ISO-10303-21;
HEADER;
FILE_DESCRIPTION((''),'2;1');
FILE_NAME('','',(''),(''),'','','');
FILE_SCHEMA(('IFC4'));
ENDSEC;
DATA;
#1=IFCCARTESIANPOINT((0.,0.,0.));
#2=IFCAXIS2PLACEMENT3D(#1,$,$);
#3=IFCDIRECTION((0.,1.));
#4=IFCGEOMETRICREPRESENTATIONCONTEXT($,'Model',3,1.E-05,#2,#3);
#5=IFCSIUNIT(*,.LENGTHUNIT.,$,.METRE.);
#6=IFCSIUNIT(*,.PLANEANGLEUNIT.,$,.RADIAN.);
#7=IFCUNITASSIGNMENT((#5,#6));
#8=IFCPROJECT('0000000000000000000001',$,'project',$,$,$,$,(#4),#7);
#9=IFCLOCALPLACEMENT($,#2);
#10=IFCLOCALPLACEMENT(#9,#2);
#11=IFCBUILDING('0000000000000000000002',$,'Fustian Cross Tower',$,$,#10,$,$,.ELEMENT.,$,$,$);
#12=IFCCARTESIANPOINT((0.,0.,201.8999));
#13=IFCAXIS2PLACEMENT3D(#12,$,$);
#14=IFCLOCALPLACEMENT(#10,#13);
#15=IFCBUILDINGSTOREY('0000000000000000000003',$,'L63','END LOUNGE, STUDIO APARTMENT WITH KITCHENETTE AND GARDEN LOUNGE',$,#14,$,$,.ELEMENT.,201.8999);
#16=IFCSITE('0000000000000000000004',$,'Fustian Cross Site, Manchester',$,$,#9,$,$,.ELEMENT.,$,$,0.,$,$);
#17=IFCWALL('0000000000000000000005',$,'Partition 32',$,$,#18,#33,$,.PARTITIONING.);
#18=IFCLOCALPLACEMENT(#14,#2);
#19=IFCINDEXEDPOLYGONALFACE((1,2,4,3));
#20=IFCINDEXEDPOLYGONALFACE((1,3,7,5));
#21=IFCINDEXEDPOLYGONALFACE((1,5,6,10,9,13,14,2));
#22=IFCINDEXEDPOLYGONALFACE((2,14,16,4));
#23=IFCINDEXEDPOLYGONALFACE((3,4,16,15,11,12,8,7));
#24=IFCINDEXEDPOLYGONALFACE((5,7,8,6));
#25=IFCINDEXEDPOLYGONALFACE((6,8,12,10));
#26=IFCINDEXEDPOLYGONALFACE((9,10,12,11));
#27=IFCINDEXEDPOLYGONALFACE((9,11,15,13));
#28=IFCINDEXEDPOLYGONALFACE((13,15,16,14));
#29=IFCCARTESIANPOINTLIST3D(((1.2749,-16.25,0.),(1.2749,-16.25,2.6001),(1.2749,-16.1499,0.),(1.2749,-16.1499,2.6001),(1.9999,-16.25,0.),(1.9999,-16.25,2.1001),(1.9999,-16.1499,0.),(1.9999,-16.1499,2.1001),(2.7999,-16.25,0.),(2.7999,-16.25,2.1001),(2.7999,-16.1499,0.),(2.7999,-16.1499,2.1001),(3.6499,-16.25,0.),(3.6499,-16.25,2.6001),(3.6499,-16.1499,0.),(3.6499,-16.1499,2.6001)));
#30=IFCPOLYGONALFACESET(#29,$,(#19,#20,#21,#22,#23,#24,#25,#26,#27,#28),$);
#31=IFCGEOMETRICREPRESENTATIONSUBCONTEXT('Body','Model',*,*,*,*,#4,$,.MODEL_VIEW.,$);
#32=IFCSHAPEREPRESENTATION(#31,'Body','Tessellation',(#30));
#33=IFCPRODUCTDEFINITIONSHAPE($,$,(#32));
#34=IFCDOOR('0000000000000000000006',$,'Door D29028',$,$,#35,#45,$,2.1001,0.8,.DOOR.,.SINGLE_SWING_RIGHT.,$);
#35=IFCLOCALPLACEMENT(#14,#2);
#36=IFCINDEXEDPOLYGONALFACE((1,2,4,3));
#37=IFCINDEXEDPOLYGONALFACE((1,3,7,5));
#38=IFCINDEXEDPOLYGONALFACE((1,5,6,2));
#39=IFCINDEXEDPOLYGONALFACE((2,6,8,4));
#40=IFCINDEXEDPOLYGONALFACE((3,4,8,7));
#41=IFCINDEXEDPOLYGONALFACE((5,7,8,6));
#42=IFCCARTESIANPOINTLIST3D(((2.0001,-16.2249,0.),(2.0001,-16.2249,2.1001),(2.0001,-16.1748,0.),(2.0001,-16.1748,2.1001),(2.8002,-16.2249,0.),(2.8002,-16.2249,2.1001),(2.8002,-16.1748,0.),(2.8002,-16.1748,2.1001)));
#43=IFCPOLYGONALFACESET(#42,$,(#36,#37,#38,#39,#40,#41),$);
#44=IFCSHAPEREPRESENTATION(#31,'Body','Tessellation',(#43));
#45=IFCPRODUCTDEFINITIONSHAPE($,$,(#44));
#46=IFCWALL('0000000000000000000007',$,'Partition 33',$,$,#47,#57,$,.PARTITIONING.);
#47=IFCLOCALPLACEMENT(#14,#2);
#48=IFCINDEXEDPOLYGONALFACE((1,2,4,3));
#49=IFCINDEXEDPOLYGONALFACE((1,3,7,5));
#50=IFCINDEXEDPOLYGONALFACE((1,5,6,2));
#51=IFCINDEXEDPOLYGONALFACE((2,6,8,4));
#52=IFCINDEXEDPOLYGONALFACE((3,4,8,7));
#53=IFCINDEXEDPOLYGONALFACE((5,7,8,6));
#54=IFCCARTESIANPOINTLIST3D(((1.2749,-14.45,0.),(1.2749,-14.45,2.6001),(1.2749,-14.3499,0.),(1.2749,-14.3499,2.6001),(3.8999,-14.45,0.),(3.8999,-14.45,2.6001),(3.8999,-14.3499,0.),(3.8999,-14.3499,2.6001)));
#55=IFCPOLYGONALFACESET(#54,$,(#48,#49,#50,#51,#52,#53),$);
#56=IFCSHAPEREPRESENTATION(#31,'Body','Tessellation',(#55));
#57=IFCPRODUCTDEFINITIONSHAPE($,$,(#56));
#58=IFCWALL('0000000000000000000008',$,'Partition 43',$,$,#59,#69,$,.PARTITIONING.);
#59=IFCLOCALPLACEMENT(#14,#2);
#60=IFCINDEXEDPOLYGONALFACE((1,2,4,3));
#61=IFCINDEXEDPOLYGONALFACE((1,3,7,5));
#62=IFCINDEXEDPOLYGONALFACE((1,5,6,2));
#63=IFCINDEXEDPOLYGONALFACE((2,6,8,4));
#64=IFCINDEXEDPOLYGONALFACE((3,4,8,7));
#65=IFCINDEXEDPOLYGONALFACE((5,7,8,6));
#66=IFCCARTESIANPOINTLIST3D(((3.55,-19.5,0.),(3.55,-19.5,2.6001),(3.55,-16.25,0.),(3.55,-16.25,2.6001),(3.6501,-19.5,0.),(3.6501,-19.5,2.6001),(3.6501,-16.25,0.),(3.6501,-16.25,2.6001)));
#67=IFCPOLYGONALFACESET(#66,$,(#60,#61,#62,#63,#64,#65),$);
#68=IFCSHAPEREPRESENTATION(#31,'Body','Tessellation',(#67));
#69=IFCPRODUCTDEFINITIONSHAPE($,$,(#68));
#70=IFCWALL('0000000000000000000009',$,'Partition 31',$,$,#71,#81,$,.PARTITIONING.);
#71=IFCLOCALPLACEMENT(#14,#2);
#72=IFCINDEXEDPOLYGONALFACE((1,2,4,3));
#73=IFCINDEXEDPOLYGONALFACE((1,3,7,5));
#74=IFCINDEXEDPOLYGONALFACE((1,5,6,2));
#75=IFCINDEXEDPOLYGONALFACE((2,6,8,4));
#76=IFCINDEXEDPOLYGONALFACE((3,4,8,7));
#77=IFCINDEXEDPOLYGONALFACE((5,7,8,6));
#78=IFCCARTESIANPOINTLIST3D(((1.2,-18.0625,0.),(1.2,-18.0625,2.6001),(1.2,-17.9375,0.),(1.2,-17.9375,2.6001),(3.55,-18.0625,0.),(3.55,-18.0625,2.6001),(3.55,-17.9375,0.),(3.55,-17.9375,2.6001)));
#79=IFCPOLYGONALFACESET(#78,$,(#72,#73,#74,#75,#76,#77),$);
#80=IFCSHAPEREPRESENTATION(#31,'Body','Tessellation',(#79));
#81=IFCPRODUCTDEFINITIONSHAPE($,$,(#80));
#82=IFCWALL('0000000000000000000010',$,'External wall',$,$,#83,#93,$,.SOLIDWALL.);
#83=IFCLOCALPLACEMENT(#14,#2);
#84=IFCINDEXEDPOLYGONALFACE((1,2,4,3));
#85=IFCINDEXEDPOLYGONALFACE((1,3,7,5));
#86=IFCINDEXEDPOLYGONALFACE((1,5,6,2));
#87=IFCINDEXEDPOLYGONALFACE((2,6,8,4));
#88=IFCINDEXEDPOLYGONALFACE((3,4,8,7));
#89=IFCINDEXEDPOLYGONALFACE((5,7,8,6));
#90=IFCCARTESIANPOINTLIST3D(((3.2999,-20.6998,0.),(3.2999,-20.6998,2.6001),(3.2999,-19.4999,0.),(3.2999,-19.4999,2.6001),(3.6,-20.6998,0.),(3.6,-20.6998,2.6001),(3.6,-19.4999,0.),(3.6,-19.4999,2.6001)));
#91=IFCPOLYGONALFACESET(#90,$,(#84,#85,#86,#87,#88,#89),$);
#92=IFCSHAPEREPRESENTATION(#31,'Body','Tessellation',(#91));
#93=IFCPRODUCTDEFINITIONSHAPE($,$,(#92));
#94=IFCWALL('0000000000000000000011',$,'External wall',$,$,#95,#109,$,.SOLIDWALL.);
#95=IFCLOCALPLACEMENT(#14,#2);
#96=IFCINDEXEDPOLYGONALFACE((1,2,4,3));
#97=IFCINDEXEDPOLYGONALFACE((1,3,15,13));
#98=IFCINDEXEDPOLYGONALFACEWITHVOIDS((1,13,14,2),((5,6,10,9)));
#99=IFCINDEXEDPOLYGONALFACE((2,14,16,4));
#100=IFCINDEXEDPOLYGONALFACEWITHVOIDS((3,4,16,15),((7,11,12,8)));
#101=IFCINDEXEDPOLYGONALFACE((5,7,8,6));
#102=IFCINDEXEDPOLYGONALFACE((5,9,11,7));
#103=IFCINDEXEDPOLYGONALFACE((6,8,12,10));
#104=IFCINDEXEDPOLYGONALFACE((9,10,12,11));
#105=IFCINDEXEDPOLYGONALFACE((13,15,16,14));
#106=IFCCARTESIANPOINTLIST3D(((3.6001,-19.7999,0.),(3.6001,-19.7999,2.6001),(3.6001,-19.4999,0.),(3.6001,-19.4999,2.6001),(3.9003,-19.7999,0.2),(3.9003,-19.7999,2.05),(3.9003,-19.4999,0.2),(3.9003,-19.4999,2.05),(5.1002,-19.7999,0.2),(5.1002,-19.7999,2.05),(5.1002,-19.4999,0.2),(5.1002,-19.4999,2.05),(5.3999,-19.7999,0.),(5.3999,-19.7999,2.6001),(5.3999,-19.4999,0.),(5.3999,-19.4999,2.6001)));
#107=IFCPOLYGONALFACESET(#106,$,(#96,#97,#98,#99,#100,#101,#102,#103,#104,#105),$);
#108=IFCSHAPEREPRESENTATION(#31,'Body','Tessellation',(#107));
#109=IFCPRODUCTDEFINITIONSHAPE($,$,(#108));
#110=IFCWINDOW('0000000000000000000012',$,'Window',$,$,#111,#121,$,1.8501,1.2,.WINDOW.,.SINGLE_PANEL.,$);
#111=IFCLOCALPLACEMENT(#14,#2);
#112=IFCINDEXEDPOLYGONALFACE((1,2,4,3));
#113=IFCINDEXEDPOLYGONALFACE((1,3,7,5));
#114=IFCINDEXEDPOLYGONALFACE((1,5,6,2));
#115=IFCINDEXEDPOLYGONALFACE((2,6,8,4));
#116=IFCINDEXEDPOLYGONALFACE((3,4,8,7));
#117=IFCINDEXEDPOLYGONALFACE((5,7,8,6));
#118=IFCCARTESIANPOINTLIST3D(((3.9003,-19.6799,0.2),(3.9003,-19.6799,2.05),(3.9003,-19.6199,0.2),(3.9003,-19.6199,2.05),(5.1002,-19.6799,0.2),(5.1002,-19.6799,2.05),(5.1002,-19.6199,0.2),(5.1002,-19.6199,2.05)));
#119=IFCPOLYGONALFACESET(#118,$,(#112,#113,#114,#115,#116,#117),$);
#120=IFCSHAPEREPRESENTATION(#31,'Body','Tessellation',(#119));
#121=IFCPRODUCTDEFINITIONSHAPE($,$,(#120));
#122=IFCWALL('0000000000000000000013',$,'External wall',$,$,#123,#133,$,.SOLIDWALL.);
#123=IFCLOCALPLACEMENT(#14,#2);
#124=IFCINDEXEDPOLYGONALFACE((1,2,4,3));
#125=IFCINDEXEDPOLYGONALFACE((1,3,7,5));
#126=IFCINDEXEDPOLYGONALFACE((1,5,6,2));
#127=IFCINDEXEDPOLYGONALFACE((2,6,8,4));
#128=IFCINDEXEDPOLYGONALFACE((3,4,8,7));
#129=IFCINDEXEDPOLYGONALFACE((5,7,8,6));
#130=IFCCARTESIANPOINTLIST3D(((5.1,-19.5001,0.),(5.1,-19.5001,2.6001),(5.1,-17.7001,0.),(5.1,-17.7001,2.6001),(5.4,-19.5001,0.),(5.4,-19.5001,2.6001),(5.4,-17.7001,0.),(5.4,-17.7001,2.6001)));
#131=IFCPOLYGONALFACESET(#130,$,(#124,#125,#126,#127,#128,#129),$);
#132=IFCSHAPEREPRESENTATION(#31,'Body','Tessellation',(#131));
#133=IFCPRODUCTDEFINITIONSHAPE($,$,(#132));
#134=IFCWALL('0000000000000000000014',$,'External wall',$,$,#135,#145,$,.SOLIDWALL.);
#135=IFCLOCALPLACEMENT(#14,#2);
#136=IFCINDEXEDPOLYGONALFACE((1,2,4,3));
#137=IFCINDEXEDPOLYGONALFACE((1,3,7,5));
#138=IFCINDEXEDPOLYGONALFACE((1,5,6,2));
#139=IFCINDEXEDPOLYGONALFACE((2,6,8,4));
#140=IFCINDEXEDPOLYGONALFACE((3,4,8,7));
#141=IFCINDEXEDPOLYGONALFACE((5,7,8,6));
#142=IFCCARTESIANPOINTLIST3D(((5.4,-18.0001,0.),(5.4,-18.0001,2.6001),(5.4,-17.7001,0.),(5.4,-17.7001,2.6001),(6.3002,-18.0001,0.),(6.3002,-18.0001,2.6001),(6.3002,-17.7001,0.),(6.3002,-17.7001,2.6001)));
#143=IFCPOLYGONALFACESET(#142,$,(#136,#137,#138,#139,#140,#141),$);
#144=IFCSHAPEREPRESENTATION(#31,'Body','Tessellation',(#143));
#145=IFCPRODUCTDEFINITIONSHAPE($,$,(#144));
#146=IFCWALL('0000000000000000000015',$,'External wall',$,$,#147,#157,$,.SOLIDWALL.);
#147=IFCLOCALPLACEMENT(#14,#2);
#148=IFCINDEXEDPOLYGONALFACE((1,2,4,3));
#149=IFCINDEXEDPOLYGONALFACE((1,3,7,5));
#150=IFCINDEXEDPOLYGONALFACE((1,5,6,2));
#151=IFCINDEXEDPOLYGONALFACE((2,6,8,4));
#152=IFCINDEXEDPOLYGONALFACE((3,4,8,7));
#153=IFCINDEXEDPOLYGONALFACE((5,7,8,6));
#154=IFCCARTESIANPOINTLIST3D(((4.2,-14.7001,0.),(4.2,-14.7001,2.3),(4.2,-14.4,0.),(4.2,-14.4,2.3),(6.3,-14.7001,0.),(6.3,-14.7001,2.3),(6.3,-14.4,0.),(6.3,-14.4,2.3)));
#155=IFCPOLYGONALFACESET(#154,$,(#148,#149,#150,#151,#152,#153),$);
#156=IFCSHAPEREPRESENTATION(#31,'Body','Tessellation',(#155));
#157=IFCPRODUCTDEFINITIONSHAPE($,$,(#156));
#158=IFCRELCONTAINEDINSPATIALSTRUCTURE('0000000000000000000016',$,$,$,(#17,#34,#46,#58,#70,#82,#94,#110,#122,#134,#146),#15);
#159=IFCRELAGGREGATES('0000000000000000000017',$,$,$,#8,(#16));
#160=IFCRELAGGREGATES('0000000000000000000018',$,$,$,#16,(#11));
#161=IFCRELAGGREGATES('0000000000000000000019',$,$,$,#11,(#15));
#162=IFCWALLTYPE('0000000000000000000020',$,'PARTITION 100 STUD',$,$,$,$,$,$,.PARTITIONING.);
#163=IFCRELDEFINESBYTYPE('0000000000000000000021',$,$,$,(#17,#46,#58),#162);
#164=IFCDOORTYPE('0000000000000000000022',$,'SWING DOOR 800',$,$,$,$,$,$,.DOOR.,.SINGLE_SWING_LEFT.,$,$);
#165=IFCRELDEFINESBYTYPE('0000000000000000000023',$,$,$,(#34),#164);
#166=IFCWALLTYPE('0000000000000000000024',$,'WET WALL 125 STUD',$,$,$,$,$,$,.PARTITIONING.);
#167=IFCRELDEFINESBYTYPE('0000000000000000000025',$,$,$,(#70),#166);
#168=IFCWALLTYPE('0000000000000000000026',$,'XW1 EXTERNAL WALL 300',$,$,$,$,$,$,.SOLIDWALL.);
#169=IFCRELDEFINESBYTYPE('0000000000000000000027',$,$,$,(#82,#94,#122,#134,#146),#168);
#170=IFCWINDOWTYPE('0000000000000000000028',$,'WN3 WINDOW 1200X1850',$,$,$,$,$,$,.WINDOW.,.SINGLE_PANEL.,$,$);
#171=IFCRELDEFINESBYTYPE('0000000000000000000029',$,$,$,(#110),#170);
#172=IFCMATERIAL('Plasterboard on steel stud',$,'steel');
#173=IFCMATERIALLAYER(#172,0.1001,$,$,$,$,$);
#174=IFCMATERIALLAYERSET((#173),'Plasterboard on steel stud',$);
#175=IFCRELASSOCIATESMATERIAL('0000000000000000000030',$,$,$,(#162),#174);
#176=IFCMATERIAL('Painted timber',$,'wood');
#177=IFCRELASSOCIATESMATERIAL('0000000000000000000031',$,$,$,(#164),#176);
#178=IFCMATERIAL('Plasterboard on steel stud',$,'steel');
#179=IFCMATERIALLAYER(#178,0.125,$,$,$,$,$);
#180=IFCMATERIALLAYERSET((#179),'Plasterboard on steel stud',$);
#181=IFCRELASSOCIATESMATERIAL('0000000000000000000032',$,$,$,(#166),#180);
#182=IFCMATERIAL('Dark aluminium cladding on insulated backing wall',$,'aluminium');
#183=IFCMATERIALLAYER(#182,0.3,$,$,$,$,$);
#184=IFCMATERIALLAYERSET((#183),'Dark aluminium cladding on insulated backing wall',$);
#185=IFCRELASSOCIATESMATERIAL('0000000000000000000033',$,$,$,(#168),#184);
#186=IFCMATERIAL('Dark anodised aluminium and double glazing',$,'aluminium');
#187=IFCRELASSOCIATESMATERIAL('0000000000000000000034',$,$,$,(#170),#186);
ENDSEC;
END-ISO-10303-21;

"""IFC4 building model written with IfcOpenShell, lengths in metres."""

from ifc_helpers import new_model, si_unit, direction, frame, frame_2d, origin, place, context, subcontext, project, spatial, rectangle, extrude, material, layer, layer_set, type_object, element, fill, save


model = new_model("IFC4")

# Units and contexts
model_context = context("Model", 3, precision=1e-05, world=origin(), true_north=direction((0.0, 1.0)))
body_context = subcontext(model_context, "Body", "Model", "MODEL_VIEW")
ifc_project = project(units=[si_unit("LENGTHUNIT", "METRE"), si_unit("PLANEANGLEUNIT", "RADIAN")], contexts=[model_context])

# Site, building, storey
site_placement = place(None, origin())
site = spatial("IfcSite", under=ifc_project, at=site_placement, Name="Fustian Cross Site, Manchester", CompositionType="ELEMENT", RefElevation=0.0)
building_placement = place(site_placement, origin())
building = spatial("IfcBuilding", under=site, at=building_placement, Name="Fustian Cross Tower", CompositionType="ELEMENT")
storey_placement = place(building_placement, frame((0.0, 0.0, 201.8999)))
storey = spatial("IfcBuildingStorey", under=building, at=storey_placement, Name="L63", Description="END LOUNGE, STUDIO APARTMENT WITH KITCHENETTE AND GARDEN LOUNGE", CompositionType="ELEMENT", Elevation=201.8999)

# Wall, opening, door
ifc_material_1 = material(Name="Plasterboard on steel stud", Category="steel")
ifc_layer_1 = layer(ifc_material_1, 0.1001)
ifc_layer_set_1 = layer_set([ifc_layer_1], Name="Plasterboard on steel stud")
wall_type_1 = type_object("IfcWallType", Name="PARTITION 100 STUD", PredefinedType="PARTITIONING", material=ifc_layer_set_1)
wall_1_placement = place(storey_placement, frame((1.2749, -16.2, 0.0), z_axis=(0.0, 0.0, 1.0), x_axis=(1.0, 0.0, 0.0)))
wall_1 = element("IfcWall", 1, at=wall_1_placement, inside=storey, type_object=wall_type_1, Name="Partition 32", PredefinedType="PARTITIONING", context=body_context, shape_type="SweptSolid", body=[
    extrude(rectangle(XDim=2.375, YDim=0.1001, at=frame_2d((1.1875, 0.0))), origin(), (0.0, 0.0, 1.0), 2.6001),
])
opening_1_placement = place(wall_1_placement, frame((0.7251, 0.0, 0.0)))
opening_1 = element("IfcOpeningElement", 2, at=opening_1_placement, cuts=wall_1, PredefinedType="OPENING", context=body_context, shape_type="SweptSolid", body=[
    extrude(rectangle(XDim=0.8, YDim=2.1001, at=frame_2d((0.3999, 1.05))), frame((0.0, 0.0601, 0.0), z_axis=(0.0, -1.0, 0.0), x_axis=(1.0, 0.0, 0.0)), (0.0, 0.0, 1.0), 0.1201),
])
ifc_material_2 = material(Name="Painted timber", Category="wood")
door_type_1 = type_object("IfcDoorType", Name="SWING DOOR 800", OperationType="SINGLE_SWING_LEFT", PredefinedType="DOOR", material=ifc_material_2)
door_1_placement = place(opening_1_placement, frame((0.8, 0.0, 0.0), z_axis=(0.0, 0.0, 1.0), x_axis=(-1.0, 0.0, 0.0)))
door_1 = element("IfcDoor", 3, at=door_1_placement, inside=storey, type_object=door_type_1, Name="Door D29028", OperationType="SINGLE_SWING_RIGHT", OverallHeight=2.1001, OverallWidth=0.8, PredefinedType="DOOR", context=body_context, shape_type="SweptSolid", body=[
    extrude(rectangle(XDim=0.8, YDim=2.1001, at=frame_2d((0.3999, 1.05))), frame((0.0, 0.0249, 0.0), z_axis=(0.0, -1.0, 0.0), x_axis=(1.0, 0.0, 0.0)), (0.0, 0.0, 1.0), 0.05),
])
fill(opening_1, door_1)

# Walls
wall_2_placement = place(storey_placement, frame((1.2749, -14.3999, 0.0), z_axis=(0.0, 0.0, 1.0), x_axis=(1.0, 0.0, 0.0)))
element("IfcWall", 4, at=wall_2_placement, inside=storey, type_object=wall_type_1, Name="Partition 33", PredefinedType="PARTITIONING", context=body_context, shape_type="SweptSolid", body=[
    extrude(rectangle(XDim=2.625, YDim=0.1001, at=frame_2d((1.3125, 0.0))), origin(), (0.0, 0.0, 1.0), 2.6001),
])
wall_3_placement = place(storey_placement, frame((3.6001, -19.5, 0.0), z_axis=(0.0, 0.0, 1.0), x_axis=(0.0, 1.0, 0.0)))
element("IfcWall", 5, at=wall_3_placement, inside=storey, type_object=wall_type_1, Name="Partition 43", PredefinedType="PARTITIONING", context=body_context, shape_type="SweptSolid", body=[
    extrude(rectangle(XDim=3.25, YDim=0.1001, at=frame_2d((1.625, 0.0))), origin(), (0.0, 0.0, 1.0), 2.6001),
])
ifc_material_3 = material(Name="Plasterboard on steel stud", Category="steel")
ifc_layer_2 = layer(ifc_material_3, 0.125)
ifc_layer_set_2 = layer_set([ifc_layer_2], Name="Plasterboard on steel stud")
wall_type_2 = type_object("IfcWallType", Name="WET WALL 125 STUD", PredefinedType="PARTITIONING", material=ifc_layer_set_2)
wall_4_placement = place(storey_placement, frame((1.2, -18.0, 0.0), z_axis=(0.0, 0.0, 1.0), x_axis=(1.0, 0.0, 0.0)))
element("IfcWall", 6, at=wall_4_placement, inside=storey, type_object=wall_type_2, Name="Partition 31", PredefinedType="PARTITIONING", context=body_context, shape_type="SweptSolid", body=[
    extrude(rectangle(XDim=2.3501, YDim=0.125, at=frame_2d((1.175, 0.0))), origin(), (0.0, 0.0, 1.0), 2.6001),
])
ifc_material_4 = material(Name="Dark aluminium cladding on insulated backing wall", Category="aluminium")
ifc_layer_3 = layer(ifc_material_4, 0.3)
ifc_layer_set_3 = layer_set([ifc_layer_3], Name="Dark aluminium cladding on insulated backing wall")
wall_type_3 = type_object("IfcWallType", Name="XW1 EXTERNAL WALL 300", PredefinedType="SOLIDWALL", material=ifc_layer_set_3)
wall_5_placement = place(storey_placement, frame((3.45, -20.7, 0.0), z_axis=(0.0, 0.0, 1.0), x_axis=(0.0, 1.0, 0.0)))
element("IfcWall", 7, at=wall_5_placement, inside=storey, type_object=wall_type_3, Name="External wall", PredefinedType="SOLIDWALL", context=body_context, shape_type="SweptSolid", body=[
    extrude(rectangle(XDim=1.2, YDim=0.3, at=frame_2d((0.6001, 0.0))), origin(), (0.0, 0.0, 1.0), 2.6001),
])

# Wall, opening, window
wall_6_placement = place(storey_placement, frame((3.6001, -19.6499, 0.0), z_axis=(0.0, 0.0, 1.0), x_axis=(1.0, 0.0, 0.0)))
wall_6 = element("IfcWall", 8, at=wall_6_placement, inside=storey, type_object=wall_type_3, Name="External wall", PredefinedType="SOLIDWALL", context=body_context, shape_type="SweptSolid", body=[
    extrude(rectangle(XDim=1.7998, YDim=0.3, at=frame_2d((0.8999, 0.0))), origin(), (0.0, 0.0, 1.0), 2.6001),
])
opening_2_placement = place(wall_6_placement, frame((0.3, 0.0, 0.2)))
opening_2 = element("IfcOpeningElement", 9, at=opening_2_placement, cuts=wall_6, PredefinedType="OPENING", context=body_context, shape_type="SweptSolid", body=[
    extrude(rectangle(XDim=1.2, YDim=1.8501, at=frame_2d((0.6001, 0.925))), frame((0.0, 0.1599, 0.0), z_axis=(0.0, -1.0, 0.0), x_axis=(1.0, 0.0, 0.0)), (0.0, 0.0, 1.0), 0.3201),
])
ifc_material_5 = material(Name="Dark anodised aluminium and double glazing", Category="aluminium")
window_type = type_object("IfcWindowType", Name="WN3 WINDOW 1200X1850", PartitioningType="SINGLE_PANEL", PredefinedType="WINDOW", material=ifc_material_5)
window_placement = place(opening_2_placement, origin())
window = element("IfcWindow", 10, at=window_placement, inside=storey, type_object=window_type, Name="Window", OverallHeight=1.8501, OverallWidth=1.2, PartitioningType="SINGLE_PANEL", PredefinedType="WINDOW", context=body_context, shape_type="SweptSolid", body=[
    extrude(rectangle(XDim=1.2, YDim=1.8501, at=frame_2d((0.6001, 0.925))), frame((0.0, 0.03, 0.0), z_axis=(0.0, -1.0, 0.0), x_axis=(1.0, 0.0, 0.0)), (0.0, 0.0, 1.0), 0.0601),
])
fill(opening_2, window)

# Walls
wall_7_placement = place(storey_placement, frame((5.25, -19.5, 0.0), z_axis=(0.0, 0.0, 1.0), x_axis=(0.0, 1.0, 0.0)))
element("IfcWall", 11, at=wall_7_placement, inside=storey, type_object=wall_type_3, Name="External wall", PredefinedType="SOLIDWALL", context=body_context, shape_type="SweptSolid", body=[
    extrude(rectangle(XDim=1.8, YDim=0.3, at=frame_2d((0.8999, 0.0))), origin(), (0.0, 0.0, 1.0), 2.6001),
])
wall_8_placement = place(storey_placement, frame((5.3999, -17.8501, 0.0), z_axis=(0.0, 0.0, 1.0), x_axis=(1.0, 0.0, 0.0)))
element("IfcWall", 12, at=wall_8_placement, inside=storey, type_object=wall_type_3, Name="External wall", PredefinedType="SOLIDWALL", context=body_context, shape_type="SweptSolid", body=[
    extrude(rectangle(XDim=0.9001, YDim=0.3, at=frame_2d((0.4502, 0.0))), origin(), (0.0, 0.0, 1.0), 2.6001),
])
wall_9_placement = place(storey_placement, frame((6.3, -14.55, 0.0), z_axis=(0.0, 0.0, 1.0), x_axis=(-1.0, 0.0, 0.0)))
element("IfcWall", 13, at=wall_9_placement, inside=storey, type_object=wall_type_3, Name="External wall", PredefinedType="SOLIDWALL", context=body_context, shape_type="SweptSolid", body=[
    extrude(rectangle(XDim=2.1001, YDim=0.3, at=frame_2d((1.05, 0.0))), origin(), (0.0, 0.0, 1.0), 2.3),
])

save(model, "model.ifc")
